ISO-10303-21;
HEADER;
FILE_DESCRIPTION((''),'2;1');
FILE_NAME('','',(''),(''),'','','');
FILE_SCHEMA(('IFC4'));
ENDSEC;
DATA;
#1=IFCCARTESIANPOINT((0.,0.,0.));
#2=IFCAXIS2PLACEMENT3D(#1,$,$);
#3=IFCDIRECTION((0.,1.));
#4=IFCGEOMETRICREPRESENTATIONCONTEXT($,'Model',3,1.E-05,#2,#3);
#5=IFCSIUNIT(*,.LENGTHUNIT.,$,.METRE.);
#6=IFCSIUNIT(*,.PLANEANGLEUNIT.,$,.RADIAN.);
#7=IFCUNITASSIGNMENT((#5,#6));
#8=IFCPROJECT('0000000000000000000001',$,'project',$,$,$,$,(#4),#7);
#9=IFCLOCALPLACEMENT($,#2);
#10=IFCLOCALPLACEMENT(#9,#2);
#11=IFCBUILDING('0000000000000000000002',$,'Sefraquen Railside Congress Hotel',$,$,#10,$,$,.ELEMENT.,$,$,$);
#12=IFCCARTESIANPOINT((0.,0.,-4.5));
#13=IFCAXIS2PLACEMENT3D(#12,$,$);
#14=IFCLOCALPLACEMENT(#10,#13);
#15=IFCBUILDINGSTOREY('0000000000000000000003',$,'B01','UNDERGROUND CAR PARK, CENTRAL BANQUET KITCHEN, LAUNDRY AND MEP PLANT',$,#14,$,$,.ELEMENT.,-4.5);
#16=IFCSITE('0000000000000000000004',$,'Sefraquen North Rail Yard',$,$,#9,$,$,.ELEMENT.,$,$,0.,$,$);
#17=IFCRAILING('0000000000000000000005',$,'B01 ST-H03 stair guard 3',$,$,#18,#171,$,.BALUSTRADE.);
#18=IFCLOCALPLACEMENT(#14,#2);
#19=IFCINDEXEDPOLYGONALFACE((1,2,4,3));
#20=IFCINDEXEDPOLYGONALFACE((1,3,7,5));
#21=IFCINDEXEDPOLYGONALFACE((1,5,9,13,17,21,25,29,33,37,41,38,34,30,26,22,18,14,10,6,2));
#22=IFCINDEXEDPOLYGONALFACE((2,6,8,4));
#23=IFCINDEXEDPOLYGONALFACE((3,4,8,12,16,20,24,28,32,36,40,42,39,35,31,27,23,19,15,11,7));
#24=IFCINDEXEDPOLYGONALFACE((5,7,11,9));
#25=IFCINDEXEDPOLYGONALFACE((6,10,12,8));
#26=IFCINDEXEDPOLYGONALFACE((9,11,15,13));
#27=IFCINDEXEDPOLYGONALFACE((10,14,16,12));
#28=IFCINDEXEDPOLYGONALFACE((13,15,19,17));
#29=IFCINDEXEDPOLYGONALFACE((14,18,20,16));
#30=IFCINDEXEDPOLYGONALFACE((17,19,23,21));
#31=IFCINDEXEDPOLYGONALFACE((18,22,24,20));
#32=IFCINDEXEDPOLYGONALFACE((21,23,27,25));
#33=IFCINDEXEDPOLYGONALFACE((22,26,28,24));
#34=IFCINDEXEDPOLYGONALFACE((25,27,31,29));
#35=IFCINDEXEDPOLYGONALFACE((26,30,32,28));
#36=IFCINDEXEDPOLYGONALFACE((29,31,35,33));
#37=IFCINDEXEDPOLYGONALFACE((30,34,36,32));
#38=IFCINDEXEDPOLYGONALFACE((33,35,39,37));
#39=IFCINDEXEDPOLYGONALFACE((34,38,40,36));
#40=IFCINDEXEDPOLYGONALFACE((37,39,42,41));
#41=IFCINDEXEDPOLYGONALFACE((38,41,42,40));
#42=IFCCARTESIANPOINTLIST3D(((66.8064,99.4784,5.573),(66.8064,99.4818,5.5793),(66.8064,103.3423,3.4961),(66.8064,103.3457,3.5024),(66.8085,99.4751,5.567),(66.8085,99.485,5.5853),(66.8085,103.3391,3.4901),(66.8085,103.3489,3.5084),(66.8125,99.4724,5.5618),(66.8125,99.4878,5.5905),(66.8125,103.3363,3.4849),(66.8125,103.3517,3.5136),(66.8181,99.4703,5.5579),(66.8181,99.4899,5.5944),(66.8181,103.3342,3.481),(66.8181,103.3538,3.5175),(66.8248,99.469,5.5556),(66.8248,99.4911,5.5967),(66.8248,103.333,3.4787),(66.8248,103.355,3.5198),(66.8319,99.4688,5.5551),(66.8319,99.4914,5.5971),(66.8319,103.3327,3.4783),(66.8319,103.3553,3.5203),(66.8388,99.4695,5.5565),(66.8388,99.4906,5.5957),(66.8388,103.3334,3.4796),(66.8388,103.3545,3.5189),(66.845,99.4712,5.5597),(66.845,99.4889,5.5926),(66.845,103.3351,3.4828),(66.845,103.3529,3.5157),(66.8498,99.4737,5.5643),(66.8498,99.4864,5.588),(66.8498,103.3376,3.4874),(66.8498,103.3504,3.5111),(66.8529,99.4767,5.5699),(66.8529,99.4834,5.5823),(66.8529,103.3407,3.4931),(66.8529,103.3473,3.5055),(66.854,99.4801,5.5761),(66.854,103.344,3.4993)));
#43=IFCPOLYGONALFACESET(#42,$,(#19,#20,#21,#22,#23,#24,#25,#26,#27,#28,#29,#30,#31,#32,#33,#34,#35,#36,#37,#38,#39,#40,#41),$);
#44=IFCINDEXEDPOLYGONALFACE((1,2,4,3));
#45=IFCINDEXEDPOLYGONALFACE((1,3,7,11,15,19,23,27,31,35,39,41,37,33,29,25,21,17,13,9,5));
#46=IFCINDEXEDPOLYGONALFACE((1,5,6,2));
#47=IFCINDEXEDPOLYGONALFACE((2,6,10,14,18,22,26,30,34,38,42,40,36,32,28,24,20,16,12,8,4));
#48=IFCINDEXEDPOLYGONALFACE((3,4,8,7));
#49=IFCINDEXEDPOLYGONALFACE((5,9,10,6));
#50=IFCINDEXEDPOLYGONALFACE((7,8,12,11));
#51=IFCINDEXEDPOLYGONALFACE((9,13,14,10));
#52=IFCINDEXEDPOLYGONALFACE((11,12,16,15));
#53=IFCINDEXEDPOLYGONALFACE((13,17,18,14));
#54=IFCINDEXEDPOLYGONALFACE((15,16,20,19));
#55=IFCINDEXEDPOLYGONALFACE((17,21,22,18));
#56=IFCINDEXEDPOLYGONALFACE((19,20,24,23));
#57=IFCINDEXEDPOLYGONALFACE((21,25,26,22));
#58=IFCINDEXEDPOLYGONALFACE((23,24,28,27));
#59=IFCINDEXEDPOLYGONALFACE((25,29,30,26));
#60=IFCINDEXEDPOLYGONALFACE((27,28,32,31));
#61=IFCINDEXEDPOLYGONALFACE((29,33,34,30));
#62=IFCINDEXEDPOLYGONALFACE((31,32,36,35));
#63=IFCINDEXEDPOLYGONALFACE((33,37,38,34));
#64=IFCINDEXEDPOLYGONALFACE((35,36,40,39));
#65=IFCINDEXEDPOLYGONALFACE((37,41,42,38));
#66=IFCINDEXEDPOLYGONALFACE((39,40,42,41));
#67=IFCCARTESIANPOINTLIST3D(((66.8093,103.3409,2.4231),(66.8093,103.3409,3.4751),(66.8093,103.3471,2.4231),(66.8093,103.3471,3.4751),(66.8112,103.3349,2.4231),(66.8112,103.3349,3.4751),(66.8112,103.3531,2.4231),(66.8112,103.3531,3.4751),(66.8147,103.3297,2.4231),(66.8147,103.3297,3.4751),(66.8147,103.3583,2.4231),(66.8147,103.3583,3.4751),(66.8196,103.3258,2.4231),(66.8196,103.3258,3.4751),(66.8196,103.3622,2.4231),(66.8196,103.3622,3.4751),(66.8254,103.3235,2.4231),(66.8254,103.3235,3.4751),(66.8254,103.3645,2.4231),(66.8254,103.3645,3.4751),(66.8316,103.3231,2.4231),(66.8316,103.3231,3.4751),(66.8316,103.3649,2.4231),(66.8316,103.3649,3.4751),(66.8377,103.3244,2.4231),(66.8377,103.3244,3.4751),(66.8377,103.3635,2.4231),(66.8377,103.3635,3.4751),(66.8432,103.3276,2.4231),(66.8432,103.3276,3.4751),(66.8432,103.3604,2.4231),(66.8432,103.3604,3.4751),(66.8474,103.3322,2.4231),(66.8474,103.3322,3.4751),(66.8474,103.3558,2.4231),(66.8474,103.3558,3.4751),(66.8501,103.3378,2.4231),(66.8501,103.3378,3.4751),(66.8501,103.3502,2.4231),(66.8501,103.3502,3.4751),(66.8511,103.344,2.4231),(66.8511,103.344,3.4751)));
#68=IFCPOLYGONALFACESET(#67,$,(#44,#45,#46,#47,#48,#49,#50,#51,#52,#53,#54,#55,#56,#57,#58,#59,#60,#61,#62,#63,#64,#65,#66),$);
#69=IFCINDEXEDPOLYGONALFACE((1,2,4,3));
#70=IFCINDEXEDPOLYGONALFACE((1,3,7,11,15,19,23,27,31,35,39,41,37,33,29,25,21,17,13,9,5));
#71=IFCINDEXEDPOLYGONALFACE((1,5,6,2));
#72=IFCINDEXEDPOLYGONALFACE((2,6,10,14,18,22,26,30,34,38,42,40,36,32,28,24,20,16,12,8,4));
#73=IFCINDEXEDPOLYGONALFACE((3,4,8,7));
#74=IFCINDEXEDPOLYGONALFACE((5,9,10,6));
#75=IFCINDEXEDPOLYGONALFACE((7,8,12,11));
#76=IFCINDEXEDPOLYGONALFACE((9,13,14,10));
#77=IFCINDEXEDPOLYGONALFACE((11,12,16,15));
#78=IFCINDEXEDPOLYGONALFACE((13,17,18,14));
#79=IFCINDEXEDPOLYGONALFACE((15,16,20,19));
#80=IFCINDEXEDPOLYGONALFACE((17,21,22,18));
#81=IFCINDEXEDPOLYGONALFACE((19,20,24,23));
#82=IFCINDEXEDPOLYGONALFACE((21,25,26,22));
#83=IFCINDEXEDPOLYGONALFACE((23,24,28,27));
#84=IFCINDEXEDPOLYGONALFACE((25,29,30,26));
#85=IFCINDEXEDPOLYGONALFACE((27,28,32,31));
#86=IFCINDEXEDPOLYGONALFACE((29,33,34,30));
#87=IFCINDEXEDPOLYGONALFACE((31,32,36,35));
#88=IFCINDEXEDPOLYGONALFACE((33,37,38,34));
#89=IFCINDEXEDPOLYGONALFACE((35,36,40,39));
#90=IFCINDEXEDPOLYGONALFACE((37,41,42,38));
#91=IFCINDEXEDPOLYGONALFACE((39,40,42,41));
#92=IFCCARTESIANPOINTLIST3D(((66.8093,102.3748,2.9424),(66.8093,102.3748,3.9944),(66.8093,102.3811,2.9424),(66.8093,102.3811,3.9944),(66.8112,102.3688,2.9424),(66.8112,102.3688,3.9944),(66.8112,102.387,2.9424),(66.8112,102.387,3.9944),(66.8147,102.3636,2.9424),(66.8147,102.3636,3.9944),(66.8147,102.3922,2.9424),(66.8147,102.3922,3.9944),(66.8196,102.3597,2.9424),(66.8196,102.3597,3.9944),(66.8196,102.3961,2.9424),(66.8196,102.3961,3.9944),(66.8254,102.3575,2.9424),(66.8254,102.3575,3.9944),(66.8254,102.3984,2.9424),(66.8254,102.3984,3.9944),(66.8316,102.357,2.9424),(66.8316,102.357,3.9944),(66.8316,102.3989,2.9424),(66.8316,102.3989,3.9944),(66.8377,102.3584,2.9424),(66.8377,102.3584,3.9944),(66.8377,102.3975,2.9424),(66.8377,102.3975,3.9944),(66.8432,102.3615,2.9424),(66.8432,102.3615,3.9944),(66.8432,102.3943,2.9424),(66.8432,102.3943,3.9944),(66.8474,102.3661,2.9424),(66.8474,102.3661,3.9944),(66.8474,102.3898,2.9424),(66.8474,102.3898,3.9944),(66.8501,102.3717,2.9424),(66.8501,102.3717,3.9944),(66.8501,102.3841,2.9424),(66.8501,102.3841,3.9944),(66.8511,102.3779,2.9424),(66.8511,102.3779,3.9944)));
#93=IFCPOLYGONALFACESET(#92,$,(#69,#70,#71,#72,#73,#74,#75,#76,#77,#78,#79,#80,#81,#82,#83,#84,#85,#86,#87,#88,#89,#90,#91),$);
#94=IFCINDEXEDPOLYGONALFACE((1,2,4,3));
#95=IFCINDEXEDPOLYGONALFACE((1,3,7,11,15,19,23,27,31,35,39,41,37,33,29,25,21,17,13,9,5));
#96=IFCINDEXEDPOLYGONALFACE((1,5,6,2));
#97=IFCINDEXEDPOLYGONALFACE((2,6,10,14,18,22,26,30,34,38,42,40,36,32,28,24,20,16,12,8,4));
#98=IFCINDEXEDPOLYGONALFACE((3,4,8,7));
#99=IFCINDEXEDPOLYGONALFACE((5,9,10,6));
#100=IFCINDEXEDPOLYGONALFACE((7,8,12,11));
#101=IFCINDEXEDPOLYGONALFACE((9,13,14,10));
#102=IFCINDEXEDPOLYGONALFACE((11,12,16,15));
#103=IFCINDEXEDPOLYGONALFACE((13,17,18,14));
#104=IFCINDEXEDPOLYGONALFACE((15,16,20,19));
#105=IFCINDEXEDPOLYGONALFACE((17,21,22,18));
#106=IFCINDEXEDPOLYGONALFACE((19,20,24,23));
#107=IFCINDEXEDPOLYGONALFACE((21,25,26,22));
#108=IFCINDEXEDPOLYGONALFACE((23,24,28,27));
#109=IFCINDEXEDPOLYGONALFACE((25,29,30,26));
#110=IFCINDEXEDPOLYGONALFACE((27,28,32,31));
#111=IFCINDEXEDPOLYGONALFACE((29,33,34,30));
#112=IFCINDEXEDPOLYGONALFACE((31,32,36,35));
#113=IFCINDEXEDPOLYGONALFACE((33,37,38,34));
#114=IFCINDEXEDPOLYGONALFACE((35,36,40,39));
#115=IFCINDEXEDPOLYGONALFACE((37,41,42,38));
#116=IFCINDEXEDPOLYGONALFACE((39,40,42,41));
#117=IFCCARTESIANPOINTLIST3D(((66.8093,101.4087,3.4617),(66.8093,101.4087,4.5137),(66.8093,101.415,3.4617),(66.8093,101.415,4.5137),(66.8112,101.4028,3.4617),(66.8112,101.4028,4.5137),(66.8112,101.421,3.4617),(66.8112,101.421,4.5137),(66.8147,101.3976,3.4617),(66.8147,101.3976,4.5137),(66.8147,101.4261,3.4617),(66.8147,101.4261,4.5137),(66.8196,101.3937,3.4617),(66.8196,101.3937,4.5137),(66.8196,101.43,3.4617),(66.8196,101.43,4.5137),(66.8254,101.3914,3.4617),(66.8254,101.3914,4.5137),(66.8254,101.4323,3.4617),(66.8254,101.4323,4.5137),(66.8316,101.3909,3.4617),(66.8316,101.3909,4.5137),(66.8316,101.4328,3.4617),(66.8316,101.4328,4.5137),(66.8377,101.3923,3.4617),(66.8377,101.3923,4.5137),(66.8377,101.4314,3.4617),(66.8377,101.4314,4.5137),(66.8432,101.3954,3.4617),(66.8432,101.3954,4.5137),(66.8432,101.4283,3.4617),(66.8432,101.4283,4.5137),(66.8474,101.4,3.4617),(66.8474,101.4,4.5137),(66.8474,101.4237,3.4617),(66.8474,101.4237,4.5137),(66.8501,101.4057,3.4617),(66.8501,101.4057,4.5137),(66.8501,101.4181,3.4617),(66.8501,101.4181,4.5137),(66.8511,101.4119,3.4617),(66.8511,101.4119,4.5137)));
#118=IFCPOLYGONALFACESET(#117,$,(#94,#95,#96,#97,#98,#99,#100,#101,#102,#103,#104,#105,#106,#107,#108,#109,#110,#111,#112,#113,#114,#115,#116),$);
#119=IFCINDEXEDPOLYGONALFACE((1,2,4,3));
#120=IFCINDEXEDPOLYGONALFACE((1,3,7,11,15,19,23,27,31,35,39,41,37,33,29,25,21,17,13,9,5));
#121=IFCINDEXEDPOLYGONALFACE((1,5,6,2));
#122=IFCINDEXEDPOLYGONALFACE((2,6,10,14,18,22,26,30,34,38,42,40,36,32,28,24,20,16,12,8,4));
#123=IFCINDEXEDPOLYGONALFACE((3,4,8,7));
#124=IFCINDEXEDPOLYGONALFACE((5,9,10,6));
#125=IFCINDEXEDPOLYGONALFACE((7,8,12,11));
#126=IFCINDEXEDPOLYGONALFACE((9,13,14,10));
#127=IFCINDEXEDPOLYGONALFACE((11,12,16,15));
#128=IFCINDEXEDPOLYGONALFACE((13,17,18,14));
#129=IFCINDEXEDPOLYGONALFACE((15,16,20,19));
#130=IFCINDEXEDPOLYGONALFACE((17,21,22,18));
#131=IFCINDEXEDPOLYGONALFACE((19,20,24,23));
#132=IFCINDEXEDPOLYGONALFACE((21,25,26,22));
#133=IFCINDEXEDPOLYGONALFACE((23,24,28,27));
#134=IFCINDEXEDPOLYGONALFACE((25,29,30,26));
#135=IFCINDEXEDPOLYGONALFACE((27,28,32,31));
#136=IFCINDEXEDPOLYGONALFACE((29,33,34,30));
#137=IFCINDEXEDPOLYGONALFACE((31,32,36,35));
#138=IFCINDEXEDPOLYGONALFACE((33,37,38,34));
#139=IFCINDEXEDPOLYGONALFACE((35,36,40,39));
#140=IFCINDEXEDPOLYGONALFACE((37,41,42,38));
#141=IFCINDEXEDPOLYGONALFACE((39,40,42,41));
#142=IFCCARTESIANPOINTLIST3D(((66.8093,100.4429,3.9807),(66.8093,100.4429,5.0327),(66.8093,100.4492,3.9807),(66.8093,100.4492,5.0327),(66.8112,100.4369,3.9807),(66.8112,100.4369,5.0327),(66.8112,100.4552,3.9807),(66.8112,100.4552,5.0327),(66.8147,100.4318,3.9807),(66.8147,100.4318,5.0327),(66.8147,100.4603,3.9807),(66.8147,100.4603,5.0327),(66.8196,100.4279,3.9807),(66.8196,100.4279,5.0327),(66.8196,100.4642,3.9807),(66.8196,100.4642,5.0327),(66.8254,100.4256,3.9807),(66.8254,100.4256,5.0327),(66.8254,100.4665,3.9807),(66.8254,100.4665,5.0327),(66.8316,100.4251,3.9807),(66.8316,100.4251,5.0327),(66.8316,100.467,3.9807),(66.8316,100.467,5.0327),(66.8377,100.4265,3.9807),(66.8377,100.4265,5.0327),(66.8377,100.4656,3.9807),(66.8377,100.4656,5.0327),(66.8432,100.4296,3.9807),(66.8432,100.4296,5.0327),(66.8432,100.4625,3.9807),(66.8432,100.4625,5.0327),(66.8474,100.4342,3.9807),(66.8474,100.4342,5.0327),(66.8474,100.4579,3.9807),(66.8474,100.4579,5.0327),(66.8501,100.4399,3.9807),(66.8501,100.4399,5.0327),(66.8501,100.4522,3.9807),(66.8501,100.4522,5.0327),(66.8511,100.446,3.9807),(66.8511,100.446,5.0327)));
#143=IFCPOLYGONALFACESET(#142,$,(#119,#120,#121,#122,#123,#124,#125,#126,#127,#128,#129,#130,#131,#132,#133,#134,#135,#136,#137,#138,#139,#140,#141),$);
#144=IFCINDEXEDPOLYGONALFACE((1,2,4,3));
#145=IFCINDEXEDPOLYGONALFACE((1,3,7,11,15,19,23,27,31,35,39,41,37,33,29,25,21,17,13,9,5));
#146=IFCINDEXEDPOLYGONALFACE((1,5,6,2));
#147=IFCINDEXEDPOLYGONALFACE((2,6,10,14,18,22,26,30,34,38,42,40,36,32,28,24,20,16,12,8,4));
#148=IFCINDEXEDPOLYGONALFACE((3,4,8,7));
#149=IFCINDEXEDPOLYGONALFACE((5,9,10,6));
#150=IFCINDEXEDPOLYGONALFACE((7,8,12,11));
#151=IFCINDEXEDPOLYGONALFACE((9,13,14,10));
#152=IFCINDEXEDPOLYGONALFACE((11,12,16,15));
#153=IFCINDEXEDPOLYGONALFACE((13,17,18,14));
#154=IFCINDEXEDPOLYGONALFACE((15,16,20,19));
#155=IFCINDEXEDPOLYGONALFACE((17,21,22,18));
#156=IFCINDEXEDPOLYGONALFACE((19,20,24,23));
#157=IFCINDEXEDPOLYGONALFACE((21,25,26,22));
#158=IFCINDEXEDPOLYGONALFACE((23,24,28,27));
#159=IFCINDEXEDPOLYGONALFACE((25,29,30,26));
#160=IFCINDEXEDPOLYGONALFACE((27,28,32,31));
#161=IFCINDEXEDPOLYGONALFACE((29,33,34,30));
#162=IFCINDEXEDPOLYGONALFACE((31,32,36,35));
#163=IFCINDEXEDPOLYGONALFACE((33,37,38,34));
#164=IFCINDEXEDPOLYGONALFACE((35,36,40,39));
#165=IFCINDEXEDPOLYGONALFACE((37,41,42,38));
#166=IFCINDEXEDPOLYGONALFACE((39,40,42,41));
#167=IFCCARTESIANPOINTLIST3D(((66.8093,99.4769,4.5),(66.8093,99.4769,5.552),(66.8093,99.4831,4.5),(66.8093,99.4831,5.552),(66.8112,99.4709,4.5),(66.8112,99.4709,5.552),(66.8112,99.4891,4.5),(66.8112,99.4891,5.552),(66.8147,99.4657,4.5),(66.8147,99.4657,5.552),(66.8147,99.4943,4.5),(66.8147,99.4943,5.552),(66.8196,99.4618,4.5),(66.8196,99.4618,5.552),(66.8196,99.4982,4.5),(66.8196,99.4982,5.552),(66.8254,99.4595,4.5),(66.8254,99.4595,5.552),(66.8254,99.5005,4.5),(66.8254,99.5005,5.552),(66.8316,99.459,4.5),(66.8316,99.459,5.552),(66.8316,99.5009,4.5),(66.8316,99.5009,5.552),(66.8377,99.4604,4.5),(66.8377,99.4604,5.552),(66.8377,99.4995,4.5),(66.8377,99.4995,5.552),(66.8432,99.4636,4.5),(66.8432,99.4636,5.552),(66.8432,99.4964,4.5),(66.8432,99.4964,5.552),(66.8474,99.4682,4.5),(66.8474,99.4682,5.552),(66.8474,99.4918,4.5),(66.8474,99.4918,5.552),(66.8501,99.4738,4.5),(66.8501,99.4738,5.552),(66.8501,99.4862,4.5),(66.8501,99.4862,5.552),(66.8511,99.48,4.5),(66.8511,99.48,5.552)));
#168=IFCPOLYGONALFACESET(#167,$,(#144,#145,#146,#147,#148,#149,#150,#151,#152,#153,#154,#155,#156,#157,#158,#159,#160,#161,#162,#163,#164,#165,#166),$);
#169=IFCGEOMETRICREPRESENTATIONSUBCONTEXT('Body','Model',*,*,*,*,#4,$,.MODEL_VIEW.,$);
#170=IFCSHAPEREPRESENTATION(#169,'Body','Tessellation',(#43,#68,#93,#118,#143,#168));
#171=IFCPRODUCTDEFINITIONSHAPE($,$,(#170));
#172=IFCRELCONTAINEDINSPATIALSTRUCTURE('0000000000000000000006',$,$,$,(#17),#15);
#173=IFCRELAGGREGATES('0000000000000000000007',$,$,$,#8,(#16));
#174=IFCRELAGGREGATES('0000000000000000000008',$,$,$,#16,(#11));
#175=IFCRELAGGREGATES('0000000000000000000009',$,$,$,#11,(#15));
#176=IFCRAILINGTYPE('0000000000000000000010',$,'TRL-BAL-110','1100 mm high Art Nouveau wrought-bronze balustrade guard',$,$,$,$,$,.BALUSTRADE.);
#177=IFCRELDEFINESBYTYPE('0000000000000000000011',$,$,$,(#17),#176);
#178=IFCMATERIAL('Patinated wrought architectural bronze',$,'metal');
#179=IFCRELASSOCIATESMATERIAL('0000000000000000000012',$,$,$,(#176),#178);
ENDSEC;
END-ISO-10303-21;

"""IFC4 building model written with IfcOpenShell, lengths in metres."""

from ifc_helpers import new_model, si_unit, direction, frame, origin, origin_2d, place, context, subcontext, project, spatial, circle, extrude, material, type_object, element, save


model = new_model("IFC4")

# Units and contexts
model_context = context("Model", 3, precision=1e-05, world=origin(), true_north=direction((0.0, 1.0)))
body_context = subcontext(model_context, "Body", "Model", "MODEL_VIEW")
ifc_project = project(units=[si_unit("LENGTHUNIT", "METRE"), si_unit("PLANEANGLEUNIT", "RADIAN")], contexts=[model_context])

# Site, building, storey
site_placement = place(None, origin())
site = spatial("IfcSite", under=ifc_project, at=site_placement, Name="Sefraquen North Rail Yard", CompositionType="ELEMENT", RefElevation=0.0)
building_placement = place(site_placement, origin())
building = spatial("IfcBuilding", under=site, at=building_placement, Name="Sefraquen Railside Congress Hotel", CompositionType="ELEMENT")
storey_placement = place(building_placement, frame((0.0, 0.0, -4.5)))
storey = spatial("IfcBuildingStorey", under=building, at=storey_placement, Name="B01", Description="UNDERGROUND CAR PARK, CENTRAL BANQUET KITCHEN, LAUNDRY AND MEP PLANT", CompositionType="ELEMENT", Elevation=-4.5)

# Railing
ifc_material_1 = material(Name="Patinated wrought architectural bronze", Category="metal")
railing_type_1 = type_object("IfcRailingType", Name="TRL-BAL-110", Description="1100 mm high Art Nouveau wrought-bronze balustrade guard", PredefinedType="BALUSTRADE", material=ifc_material_1)
railing_1_placement = place(storey_placement, frame((66.8301, 103.344, 2.4231)))
element("IfcRailing", 1, at=railing_1_placement, inside=storey, type_object=railing_type_1, Name="B01 ST-H03 stair guard 3", PredefinedType="BALUSTRADE", context=body_context, shape_type="SweptSolid", body=[
    extrude(circle(Radius=0.0239, at=origin_2d()), frame((0.0, 0.0, 1.0762), z_axis=(0.0, -0.880825, 0.473443), x_axis=(1.0, 0.0, 0.0)), (0.0, 0.0, 1.0), 4.3867),
    extrude(circle(Radius=0.021, at=origin_2d()), origin(), (0.0, 0.0, 1.0), 1.052),
    extrude(circle(Radius=0.021, at=origin_2d()), frame((0.0, -0.9661, 0.5193)), (0.0, 0.0, 1.0), 1.052),
    extrude(circle(Radius=0.021, at=origin_2d()), frame((0.0, -1.9321, 1.0386)), (0.0, 0.0, 1.0), 1.052),
    extrude(circle(Radius=0.021, at=origin_2d()), frame((0.0, -2.8979, 1.5576)), (0.0, 0.0, 1.0), 1.052),
    extrude(circle(Radius=0.021, at=origin_2d()), frame((0.0, -3.864, 2.0769)), (0.0, 0.0, 1.0), 1.052),
])

save(model, "model.ifc")
